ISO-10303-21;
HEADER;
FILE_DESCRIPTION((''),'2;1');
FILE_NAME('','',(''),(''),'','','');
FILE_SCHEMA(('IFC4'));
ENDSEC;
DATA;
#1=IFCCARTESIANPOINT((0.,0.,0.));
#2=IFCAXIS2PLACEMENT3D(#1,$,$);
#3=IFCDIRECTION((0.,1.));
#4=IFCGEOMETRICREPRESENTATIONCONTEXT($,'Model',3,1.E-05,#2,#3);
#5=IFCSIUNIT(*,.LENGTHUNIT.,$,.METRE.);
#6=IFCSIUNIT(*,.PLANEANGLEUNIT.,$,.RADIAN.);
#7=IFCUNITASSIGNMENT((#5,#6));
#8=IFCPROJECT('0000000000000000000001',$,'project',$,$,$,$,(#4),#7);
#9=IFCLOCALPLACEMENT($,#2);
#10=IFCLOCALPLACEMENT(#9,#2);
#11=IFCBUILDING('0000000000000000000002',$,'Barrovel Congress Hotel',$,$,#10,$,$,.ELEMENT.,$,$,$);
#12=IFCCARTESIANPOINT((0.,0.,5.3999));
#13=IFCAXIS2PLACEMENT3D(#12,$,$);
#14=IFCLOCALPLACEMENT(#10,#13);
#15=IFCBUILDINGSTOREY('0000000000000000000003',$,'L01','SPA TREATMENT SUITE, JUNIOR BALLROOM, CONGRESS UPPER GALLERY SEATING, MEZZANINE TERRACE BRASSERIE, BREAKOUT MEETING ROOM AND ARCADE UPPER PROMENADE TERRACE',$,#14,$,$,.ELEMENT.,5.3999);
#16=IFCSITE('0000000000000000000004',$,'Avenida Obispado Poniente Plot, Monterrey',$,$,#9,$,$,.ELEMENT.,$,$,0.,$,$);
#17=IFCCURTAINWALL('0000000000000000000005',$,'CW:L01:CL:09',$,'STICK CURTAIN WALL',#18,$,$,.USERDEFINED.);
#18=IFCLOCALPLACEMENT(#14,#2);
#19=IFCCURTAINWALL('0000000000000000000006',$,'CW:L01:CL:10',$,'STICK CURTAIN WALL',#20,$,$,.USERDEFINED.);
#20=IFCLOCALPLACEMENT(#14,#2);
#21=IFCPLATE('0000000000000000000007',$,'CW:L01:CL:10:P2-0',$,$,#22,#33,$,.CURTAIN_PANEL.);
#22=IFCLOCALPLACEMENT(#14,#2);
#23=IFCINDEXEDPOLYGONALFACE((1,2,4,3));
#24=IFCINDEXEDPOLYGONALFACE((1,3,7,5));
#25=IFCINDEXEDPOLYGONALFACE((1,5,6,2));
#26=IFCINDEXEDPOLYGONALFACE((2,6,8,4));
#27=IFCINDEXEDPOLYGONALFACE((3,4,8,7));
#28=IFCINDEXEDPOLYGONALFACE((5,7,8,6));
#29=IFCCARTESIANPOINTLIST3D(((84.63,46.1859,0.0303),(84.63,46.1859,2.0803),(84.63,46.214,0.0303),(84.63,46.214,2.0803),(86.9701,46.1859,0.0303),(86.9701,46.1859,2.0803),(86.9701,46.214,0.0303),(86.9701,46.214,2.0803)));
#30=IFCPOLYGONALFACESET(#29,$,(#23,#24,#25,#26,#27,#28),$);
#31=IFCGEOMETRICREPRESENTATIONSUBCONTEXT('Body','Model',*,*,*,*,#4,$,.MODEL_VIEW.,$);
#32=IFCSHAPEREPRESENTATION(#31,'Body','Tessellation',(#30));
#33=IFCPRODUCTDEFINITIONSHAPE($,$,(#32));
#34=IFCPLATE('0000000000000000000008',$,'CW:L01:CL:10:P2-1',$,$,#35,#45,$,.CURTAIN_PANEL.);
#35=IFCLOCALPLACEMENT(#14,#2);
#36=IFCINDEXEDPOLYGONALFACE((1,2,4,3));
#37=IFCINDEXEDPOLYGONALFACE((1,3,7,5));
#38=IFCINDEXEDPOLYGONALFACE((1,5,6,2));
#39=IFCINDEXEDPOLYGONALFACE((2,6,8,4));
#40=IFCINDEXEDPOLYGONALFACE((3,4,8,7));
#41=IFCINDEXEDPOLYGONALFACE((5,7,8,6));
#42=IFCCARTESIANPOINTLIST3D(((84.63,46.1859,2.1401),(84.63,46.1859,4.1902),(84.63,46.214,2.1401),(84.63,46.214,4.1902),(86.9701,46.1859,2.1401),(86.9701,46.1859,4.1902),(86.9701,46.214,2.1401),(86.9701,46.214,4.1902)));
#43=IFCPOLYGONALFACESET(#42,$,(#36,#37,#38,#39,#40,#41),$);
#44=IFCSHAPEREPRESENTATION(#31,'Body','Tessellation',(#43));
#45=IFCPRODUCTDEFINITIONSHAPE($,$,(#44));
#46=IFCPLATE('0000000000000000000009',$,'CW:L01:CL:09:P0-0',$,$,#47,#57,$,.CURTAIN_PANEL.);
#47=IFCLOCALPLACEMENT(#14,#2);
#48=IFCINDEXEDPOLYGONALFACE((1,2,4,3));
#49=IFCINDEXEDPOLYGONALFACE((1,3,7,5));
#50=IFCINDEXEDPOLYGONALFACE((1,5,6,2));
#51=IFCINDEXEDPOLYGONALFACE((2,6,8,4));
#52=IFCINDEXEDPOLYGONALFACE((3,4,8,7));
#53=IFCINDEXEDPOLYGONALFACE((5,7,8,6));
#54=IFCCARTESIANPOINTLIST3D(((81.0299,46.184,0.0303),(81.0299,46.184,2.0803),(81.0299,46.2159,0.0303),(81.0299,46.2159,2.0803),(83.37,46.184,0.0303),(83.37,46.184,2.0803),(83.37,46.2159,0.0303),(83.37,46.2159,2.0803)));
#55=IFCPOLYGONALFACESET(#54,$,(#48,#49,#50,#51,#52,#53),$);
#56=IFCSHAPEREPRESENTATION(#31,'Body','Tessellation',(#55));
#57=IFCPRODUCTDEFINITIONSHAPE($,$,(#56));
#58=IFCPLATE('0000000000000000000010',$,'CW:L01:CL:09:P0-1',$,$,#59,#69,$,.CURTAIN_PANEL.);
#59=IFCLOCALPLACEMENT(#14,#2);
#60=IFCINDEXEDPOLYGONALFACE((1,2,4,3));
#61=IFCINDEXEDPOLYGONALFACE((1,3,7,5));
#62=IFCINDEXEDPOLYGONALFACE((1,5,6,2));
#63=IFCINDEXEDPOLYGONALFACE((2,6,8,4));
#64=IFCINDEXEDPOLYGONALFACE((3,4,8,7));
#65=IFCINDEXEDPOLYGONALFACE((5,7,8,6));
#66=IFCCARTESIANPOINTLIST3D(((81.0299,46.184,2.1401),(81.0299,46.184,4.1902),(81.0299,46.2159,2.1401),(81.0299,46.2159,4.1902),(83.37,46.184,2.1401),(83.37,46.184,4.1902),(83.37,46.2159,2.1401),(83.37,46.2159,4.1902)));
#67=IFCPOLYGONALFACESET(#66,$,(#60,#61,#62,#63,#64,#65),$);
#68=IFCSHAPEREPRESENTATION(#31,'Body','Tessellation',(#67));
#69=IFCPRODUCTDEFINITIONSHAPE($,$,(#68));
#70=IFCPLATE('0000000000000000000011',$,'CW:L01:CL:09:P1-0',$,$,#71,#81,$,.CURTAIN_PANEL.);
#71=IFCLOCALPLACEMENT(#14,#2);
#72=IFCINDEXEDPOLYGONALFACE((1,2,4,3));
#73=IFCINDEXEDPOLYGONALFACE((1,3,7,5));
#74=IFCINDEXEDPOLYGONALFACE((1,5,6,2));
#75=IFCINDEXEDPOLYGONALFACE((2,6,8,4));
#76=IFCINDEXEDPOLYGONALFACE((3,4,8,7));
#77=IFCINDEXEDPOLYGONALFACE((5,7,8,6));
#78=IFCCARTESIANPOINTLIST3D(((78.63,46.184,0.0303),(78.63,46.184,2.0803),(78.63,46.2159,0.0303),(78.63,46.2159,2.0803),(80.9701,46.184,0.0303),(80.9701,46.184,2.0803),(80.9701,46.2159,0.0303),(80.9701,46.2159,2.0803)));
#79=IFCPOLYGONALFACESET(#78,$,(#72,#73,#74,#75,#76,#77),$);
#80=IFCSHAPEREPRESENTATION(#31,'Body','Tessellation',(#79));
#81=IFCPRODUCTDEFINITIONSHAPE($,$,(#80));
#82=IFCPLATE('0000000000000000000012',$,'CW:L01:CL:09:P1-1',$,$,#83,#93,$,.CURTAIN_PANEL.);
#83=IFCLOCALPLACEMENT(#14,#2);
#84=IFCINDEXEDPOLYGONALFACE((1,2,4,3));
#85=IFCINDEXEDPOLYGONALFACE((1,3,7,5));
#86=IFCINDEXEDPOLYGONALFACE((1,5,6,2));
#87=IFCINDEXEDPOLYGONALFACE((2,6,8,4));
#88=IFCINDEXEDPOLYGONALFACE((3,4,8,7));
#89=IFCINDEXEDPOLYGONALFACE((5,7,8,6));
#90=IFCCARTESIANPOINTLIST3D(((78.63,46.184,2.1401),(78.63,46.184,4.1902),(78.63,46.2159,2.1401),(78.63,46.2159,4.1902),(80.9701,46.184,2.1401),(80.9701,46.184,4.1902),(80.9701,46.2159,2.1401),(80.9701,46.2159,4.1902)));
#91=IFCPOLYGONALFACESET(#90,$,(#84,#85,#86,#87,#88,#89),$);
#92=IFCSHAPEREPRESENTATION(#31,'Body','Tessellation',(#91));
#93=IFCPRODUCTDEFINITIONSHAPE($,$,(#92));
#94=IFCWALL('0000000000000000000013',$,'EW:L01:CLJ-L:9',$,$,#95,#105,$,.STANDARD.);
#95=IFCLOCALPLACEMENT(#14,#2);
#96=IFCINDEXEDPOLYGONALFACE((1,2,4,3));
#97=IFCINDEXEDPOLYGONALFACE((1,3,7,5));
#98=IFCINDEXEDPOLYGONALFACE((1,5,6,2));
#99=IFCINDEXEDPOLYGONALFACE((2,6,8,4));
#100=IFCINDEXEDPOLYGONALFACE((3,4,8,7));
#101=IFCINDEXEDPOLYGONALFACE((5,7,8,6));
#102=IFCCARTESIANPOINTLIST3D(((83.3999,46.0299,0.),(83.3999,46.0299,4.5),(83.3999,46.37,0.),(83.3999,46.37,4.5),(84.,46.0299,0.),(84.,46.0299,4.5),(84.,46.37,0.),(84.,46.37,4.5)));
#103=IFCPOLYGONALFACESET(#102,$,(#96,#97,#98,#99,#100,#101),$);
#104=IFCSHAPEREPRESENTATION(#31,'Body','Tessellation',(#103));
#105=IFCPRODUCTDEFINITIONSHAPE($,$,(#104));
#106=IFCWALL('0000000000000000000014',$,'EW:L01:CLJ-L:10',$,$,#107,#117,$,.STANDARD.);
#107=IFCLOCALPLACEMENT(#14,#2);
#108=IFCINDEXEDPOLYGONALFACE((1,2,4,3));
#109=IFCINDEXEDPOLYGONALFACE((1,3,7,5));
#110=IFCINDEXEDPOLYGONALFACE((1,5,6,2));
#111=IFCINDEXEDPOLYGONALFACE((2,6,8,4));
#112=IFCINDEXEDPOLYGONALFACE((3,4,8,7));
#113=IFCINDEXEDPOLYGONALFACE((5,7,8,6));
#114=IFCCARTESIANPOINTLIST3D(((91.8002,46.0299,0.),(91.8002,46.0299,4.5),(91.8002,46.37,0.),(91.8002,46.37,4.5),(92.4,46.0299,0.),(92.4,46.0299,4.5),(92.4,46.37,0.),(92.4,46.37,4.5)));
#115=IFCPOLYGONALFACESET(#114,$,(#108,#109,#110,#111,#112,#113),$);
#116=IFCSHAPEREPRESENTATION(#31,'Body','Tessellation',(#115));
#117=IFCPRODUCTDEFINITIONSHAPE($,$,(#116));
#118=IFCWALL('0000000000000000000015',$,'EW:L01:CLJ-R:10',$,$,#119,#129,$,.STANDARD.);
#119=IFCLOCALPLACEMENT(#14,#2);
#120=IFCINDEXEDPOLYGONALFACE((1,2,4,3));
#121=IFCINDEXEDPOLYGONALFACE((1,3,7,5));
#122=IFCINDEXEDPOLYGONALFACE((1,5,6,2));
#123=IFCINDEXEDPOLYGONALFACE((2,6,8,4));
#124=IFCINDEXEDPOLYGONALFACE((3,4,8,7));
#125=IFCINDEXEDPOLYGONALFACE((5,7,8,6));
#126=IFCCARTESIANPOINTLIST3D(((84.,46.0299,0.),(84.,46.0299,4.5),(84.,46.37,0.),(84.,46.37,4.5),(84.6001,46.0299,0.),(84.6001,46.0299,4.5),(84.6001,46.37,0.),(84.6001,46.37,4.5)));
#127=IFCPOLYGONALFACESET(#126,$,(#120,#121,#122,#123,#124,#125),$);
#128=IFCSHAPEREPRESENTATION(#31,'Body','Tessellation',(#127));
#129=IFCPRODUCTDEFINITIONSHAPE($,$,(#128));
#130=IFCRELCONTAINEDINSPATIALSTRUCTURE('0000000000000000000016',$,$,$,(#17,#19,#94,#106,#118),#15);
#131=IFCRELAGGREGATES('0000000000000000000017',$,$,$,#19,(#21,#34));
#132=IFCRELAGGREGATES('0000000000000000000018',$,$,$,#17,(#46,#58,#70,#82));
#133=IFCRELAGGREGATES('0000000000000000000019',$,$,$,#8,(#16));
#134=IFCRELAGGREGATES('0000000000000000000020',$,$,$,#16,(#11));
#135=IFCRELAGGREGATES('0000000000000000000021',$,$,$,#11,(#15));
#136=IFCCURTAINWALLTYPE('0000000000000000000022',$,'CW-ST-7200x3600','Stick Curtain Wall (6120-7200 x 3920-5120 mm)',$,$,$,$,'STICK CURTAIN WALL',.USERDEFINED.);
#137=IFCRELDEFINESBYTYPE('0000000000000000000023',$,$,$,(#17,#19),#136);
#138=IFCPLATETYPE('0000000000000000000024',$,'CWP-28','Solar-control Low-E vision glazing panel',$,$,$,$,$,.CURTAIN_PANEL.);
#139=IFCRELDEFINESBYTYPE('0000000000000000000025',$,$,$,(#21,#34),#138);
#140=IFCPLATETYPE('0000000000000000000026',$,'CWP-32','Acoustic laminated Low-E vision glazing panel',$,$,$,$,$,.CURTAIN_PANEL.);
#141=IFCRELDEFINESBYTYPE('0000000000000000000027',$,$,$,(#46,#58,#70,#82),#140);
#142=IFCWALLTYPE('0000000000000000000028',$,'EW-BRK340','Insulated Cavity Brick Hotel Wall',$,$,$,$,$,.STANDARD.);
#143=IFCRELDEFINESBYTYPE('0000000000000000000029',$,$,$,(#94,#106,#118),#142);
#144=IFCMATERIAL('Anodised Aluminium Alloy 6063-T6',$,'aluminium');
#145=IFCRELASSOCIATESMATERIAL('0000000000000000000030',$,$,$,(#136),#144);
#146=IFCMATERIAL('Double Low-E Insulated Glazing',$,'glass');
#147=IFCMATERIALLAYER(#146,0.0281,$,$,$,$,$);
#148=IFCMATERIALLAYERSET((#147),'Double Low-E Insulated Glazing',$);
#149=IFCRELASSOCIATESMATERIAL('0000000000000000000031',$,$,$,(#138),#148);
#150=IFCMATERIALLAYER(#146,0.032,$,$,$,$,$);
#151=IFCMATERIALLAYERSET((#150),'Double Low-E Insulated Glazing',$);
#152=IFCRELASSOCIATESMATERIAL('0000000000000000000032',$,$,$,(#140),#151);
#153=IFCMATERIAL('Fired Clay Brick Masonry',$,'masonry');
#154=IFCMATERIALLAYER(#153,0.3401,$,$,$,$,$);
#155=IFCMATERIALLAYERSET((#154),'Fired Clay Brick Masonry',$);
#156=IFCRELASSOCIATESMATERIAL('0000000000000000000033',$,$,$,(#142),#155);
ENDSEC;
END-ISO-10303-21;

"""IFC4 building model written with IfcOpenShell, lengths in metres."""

from ifc_helpers import new_model, si_unit, direction, frame, frame_2d, origin, origin_2d, place, context, subcontext, project, spatial, rectangle, extrude, material, layer, layer_set, type_object, element, aggregate, save


model = new_model("IFC4")

# Units and contexts
model_context = context("Model", 3, precision=1e-05, world=origin(), true_north=direction((0.0, 1.0)))
body_context = subcontext(model_context, "Body", "Model", "MODEL_VIEW")
ifc_project = project(units=[si_unit("LENGTHUNIT", "METRE"), si_unit("PLANEANGLEUNIT", "RADIAN")], contexts=[model_context])

# Site, building, storey
site_placement = place(None, origin())
site = spatial("IfcSite", under=ifc_project, at=site_placement, Name="Avenida Obispado Poniente Plot, Monterrey", CompositionType="ELEMENT", RefElevation=0.0)
building_placement = place(site_placement, origin())
building = spatial("IfcBuilding", under=site, at=building_placement, Name="Barrovel Congress Hotel", CompositionType="ELEMENT")
storey_placement = place(building_placement, frame((0.0, 0.0, 5.3999)))
storey = spatial("IfcBuildingStorey", under=building, at=storey_placement, Name="L01", Description="SPA TREATMENT SUITE, JUNIOR BALLROOM, CONGRESS UPPER GALLERY SEATING, MEZZANINE TERRACE BRASSERIE, BREAKOUT MEETING ROOM AND ARCADE UPPER PROMENADE TERRACE", CompositionType="ELEMENT", Elevation=5.3999)

# Curtain walls
ifc_material_1 = material(Name="Anodised Aluminium Alloy 6063-T6", Category="aluminium")
curtain_wall_type = type_object("IfcCurtainWallType", Name="CW-ST-7200x3600", Description="Stick Curtain Wall (6120-7200 x 3920-5120 mm)", ElementType="STICK CURTAIN WALL", PredefinedType="USERDEFINED", material=ifc_material_1)
curtain_wall_1_placement = place(storey_placement, origin())
curtain_wall_1 = element("IfcCurtainWall", 1, at=curtain_wall_1_placement, inside=storey, type_object=curtain_wall_type, Name="CW:L01:CL:09", ObjectType="STICK CURTAIN WALL", PredefinedType="USERDEFINED")
curtain_wall_2_placement = place(storey_placement, origin())
curtain_wall_2 = element("IfcCurtainWall", 2, at=curtain_wall_2_placement, inside=storey, type_object=curtain_wall_type, Name="CW:L01:CL:10", ObjectType="STICK CURTAIN WALL", PredefinedType="USERDEFINED")

# Plates
ifc_material_2 = material(Name="Double Low-E Insulated Glazing", Category="glass")
ifc_layer_1 = layer(ifc_material_2, 0.0281)
ifc_layer_set_1 = layer_set([ifc_layer_1], Name="Double Low-E Insulated Glazing")
plate_type_1 = type_object("IfcPlateType", Name="CWP-28", Description="Solar-control Low-E vision glazing panel", PredefinedType="CURTAIN_PANEL", material=ifc_layer_set_1)
plate_1_placement = place(storey_placement, frame((85.8, 46.2, 0.0303), z_axis=(0.0, 0.0, 1.0), x_axis=(-1.0, 0.0, 0.0)))
plate_1 = element("IfcPlate", 3, at=plate_1_placement, type_object=plate_type_1, Name="CW:L01:CL:10:P2-0", PredefinedType="CURTAIN_PANEL", context=body_context, shape_type="SweptSolid", body=[
    extrude(rectangle(XDim=2.3401, YDim=0.0281, at=origin_2d()), origin(), (0.0, 0.0, 1.0), 2.05),
])
plate_2_placement = place(storey_placement, frame((85.8, 46.2, 2.1401), z_axis=(0.0, 0.0, 1.0), x_axis=(-1.0, 0.0, 0.0)))
plate_2 = element("IfcPlate", 4, at=plate_2_placement, type_object=plate_type_1, Name="CW:L01:CL:10:P2-1", PredefinedType="CURTAIN_PANEL", context=body_context, shape_type="SweptSolid", body=[
    extrude(rectangle(XDim=2.3401, YDim=0.0281, at=origin_2d()), origin(), (0.0, 0.0, 1.0), 2.05),
])
aggregate(curtain_wall_2, [plate_1, plate_2])
ifc_layer_2 = layer(ifc_material_2, 0.032)
ifc_layer_set_2 = layer_set([ifc_layer_2], Name="Double Low-E Insulated Glazing")
plate_type_2 = type_object("IfcPlateType", Name="CWP-32", Description="Acoustic laminated Low-E vision glazing panel", PredefinedType="CURTAIN_PANEL", material=ifc_layer_set_2)
plate_3_placement = place(storey_placement, frame((82.2, 46.2, 0.0303), z_axis=(0.0, 0.0, 1.0), x_axis=(-1.0, 0.0, 0.0)))
plate_3 = element("IfcPlate", 5, at=plate_3_placement, type_object=plate_type_2, Name="CW:L01:CL:09:P0-0", PredefinedType="CURTAIN_PANEL", context=body_context, shape_type="SweptSolid", body=[
    extrude(rectangle(XDim=2.3401, YDim=0.032, at=origin_2d()), origin(), (0.0, 0.0, 1.0), 2.05),
])
plate_4_placement = place(storey_placement, frame((82.2, 46.2, 2.1401), z_axis=(0.0, 0.0, 1.0), x_axis=(-1.0, 0.0, 0.0)))
plate_4 = element("IfcPlate", 6, at=plate_4_placement, type_object=plate_type_2, Name="CW:L01:CL:09:P0-1", PredefinedType="CURTAIN_PANEL", context=body_context, shape_type="SweptSolid", body=[
    extrude(rectangle(XDim=2.3401, YDim=0.032, at=origin_2d()), origin(), (0.0, 0.0, 1.0), 2.05),
])
plate_5_placement = place(storey_placement, frame((79.8, 46.2, 0.0303), z_axis=(0.0, 0.0, 1.0), x_axis=(-1.0, 0.0, 0.0)))
plate_5 = element("IfcPlate", 7, at=plate_5_placement, type_object=plate_type_2, Name="CW:L01:CL:09:P1-0", PredefinedType="CURTAIN_PANEL", context=body_context, shape_type="SweptSolid", body=[
    extrude(rectangle(XDim=2.3401, YDim=0.032, at=origin_2d()), origin(), (0.0, 0.0, 1.0), 2.05),
])
plate_6_placement = place(storey_placement, frame((79.8, 46.2, 2.1401), z_axis=(0.0, 0.0, 1.0), x_axis=(-1.0, 0.0, 0.0)))
plate_6 = element("IfcPlate", 8, at=plate_6_placement, type_object=plate_type_2, Name="CW:L01:CL:09:P1-1", PredefinedType="CURTAIN_PANEL", context=body_context, shape_type="SweptSolid", body=[
    extrude(rectangle(XDim=2.3401, YDim=0.032, at=origin_2d()), origin(), (0.0, 0.0, 1.0), 2.05),
])
aggregate(curtain_wall_1, [plate_3, plate_4, plate_5, plate_6])

# Walls
ifc_material_3 = material(Name="Fired Clay Brick Masonry", Category="masonry")
ifc_layer_3 = layer(ifc_material_3, 0.3401)
ifc_layer_set_3 = layer_set([ifc_layer_3], Name="Fired Clay Brick Masonry")
wall_type = type_object("IfcWallType", Name="EW-BRK340", Description="Insulated Cavity Brick Hotel Wall", PredefinedType="STANDARD", material=ifc_layer_set_3)
wall_1_placement = place(storey_placement, frame((84.0, 46.2, 0.0), z_axis=(0.0, 0.0, 1.0), x_axis=(-1.0, 0.0, 0.0)))
element("IfcWall", 9, at=wall_1_placement, inside=storey, type_object=wall_type, Name="EW:L01:CLJ-L:9", PredefinedType="STANDARD", context=body_context, shape_type="SweptSolid", body=[
    extrude(rectangle(XDim=0.6001, YDim=0.3401, at=frame_2d((0.3, 0.0))), origin(), (0.0, 0.0, 1.0), 4.5),
])
wall_2_placement = place(storey_placement, frame((92.3999, 46.2, 0.0), z_axis=(0.0, 0.0, 1.0), x_axis=(-1.0, 0.0, 0.0)))
element("IfcWall", 10, at=wall_2_placement, inside=storey, type_object=wall_type, Name="EW:L01:CLJ-L:10", PredefinedType="STANDARD", context=body_context, shape_type="SweptSolid", body=[
    extrude(rectangle(XDim=0.5999, YDim=0.3401, at=frame_2d((0.2998, 0.0))), origin(), (0.0, 0.0, 1.0), 4.5),
])
wall_3_placement = place(storey_placement, frame((84.6001, 46.2, 0.0), z_axis=(0.0, 0.0, 1.0), x_axis=(-1.0, 0.0, 0.0)))
element("IfcWall", 11, at=wall_3_placement, inside=storey, type_object=wall_type, Name="EW:L01:CLJ-R:10", PredefinedType="STANDARD", context=body_context, shape_type="SweptSolid", body=[
    extrude(rectangle(XDim=0.6001, YDim=0.3401, at=frame_2d((0.3, 0.0))), origin(), (0.0, 0.0, 1.0), 4.5),
])

save(model, "model.ifc")
